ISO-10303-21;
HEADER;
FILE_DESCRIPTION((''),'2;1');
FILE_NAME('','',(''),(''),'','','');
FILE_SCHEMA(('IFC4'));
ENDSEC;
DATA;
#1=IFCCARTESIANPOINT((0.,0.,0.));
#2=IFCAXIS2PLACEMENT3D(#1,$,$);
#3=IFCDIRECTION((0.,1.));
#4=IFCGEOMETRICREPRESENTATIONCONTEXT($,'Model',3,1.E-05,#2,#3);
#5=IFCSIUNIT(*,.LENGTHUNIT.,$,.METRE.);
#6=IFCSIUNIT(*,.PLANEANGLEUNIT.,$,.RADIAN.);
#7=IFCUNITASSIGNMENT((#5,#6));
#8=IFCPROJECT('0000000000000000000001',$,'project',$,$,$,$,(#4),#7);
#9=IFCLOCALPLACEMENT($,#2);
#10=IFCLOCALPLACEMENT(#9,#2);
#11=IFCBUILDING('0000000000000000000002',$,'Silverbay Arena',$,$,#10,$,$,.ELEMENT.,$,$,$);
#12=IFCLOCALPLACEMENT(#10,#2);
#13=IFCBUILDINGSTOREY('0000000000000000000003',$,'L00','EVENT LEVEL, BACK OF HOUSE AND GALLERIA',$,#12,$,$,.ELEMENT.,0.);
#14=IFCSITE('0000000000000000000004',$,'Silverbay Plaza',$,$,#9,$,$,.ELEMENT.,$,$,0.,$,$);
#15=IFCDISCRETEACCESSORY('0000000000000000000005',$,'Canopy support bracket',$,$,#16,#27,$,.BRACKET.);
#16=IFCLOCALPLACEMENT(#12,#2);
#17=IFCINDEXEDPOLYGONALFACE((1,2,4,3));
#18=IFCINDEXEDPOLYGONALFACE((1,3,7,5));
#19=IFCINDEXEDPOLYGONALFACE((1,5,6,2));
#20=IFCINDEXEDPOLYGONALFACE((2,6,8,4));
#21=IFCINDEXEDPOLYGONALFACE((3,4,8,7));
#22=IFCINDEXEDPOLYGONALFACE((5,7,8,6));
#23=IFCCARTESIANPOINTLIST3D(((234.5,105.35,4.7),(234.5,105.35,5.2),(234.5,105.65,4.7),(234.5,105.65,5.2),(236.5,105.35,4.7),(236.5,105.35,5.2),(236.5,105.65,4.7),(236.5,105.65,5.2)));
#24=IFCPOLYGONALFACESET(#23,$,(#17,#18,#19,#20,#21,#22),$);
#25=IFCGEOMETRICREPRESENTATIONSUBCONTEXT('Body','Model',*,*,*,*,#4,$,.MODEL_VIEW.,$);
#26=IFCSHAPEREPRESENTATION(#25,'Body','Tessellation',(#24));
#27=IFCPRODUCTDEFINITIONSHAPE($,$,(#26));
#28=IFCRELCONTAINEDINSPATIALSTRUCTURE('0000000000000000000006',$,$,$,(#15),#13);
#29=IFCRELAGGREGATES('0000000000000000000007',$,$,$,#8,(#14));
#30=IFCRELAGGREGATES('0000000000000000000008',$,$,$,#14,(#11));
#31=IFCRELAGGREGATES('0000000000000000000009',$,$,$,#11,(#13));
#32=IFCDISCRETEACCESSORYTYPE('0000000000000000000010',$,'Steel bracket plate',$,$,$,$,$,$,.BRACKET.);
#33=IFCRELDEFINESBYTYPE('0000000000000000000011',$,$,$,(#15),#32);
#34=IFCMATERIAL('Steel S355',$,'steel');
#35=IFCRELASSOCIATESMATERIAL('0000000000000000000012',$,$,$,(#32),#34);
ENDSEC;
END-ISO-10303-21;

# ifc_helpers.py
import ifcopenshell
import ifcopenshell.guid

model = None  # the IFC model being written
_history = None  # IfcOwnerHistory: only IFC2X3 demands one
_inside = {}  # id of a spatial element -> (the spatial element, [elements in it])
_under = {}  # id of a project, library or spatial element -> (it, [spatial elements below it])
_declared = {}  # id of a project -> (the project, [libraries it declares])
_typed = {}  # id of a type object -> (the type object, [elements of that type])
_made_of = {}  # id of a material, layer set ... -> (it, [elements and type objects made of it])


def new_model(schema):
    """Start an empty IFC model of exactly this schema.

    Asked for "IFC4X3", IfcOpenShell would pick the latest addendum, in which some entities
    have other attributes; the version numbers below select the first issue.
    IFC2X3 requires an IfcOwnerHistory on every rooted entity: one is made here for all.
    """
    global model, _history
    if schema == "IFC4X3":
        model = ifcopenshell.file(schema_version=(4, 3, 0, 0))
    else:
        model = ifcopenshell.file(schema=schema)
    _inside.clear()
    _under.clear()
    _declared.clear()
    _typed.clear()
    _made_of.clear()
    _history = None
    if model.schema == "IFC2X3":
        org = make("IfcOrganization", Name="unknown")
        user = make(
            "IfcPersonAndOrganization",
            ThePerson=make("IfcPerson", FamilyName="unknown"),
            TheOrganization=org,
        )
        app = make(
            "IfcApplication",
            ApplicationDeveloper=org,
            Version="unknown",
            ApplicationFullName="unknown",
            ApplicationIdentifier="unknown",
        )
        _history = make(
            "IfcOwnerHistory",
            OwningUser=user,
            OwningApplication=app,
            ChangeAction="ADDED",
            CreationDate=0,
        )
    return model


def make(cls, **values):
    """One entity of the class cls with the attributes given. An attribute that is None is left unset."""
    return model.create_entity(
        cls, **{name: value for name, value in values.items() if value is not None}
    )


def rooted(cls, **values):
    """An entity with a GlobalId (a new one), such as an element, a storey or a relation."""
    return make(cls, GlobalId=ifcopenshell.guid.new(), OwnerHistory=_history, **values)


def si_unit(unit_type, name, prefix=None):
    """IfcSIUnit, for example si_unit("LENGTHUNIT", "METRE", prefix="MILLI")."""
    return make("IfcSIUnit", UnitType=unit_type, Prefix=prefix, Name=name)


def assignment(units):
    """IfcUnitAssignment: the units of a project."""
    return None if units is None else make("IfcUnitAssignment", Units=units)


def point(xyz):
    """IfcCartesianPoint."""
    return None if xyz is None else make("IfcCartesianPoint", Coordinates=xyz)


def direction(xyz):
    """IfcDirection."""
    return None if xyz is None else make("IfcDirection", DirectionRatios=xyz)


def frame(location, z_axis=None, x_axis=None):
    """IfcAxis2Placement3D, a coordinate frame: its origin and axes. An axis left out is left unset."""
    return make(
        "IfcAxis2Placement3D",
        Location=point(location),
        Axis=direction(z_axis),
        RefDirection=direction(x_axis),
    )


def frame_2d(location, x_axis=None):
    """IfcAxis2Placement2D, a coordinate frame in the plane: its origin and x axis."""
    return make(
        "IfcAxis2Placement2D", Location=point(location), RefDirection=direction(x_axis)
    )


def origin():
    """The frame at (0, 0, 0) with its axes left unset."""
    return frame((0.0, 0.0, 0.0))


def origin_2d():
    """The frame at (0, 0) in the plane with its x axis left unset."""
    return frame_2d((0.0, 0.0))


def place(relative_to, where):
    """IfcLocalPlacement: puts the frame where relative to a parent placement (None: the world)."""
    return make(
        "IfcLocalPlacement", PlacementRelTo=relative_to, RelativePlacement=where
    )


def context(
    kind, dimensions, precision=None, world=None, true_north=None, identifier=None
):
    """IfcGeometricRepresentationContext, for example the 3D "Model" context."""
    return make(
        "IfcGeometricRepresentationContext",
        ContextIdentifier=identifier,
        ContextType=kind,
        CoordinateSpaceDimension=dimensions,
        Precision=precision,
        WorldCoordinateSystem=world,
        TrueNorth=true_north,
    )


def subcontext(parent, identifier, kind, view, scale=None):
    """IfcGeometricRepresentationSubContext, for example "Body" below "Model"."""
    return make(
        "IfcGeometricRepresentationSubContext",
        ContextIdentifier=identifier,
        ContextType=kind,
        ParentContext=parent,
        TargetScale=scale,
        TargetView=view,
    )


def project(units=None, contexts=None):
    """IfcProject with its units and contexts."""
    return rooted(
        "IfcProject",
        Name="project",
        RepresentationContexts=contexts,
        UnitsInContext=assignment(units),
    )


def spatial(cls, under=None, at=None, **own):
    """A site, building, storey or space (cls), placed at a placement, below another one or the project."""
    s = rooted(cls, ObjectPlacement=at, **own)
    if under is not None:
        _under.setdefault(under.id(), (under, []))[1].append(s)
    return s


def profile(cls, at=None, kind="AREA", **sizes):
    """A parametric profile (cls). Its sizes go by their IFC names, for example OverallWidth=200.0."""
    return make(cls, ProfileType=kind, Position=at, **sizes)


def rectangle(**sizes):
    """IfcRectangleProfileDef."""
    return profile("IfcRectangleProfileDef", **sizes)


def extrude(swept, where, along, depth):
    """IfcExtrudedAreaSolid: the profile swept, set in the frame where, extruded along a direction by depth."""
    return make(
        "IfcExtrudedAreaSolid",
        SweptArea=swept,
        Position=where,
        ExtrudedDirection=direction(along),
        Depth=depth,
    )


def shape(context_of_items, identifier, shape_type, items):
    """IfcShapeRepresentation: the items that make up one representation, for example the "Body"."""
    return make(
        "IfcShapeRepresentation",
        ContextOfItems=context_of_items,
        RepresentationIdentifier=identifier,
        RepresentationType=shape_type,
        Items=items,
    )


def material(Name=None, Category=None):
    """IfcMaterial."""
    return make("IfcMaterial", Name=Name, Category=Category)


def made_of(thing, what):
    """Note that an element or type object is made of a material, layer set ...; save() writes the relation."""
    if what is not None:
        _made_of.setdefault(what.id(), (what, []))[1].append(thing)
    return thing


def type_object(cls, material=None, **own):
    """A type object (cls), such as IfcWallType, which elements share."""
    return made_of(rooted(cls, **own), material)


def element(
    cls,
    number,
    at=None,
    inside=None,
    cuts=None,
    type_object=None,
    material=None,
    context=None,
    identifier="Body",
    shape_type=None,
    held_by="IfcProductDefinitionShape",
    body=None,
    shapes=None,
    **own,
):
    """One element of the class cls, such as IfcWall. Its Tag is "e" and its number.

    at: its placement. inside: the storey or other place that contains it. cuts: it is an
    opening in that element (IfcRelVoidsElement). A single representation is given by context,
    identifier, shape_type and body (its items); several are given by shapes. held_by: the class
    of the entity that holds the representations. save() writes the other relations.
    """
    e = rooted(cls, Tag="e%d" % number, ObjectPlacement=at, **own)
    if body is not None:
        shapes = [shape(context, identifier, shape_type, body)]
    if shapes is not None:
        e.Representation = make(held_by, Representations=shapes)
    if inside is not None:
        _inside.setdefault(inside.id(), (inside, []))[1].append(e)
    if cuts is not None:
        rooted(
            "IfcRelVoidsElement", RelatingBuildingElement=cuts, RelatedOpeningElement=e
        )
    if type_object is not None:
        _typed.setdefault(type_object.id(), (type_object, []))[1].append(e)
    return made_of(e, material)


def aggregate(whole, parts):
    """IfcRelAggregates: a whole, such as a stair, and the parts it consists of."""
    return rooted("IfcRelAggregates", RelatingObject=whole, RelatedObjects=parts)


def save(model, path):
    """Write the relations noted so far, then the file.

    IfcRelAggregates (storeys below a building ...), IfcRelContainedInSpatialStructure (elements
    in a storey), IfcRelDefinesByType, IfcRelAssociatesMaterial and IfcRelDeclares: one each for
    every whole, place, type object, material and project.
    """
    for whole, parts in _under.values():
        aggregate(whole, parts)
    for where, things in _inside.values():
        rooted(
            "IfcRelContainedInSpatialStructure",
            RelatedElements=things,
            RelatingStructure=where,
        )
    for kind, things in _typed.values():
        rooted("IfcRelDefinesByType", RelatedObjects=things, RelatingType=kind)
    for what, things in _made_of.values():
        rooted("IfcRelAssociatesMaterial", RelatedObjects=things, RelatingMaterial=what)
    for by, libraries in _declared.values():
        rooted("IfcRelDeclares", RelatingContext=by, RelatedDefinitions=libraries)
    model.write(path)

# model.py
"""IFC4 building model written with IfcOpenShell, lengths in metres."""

from ifc_helpers import new_model, si_unit, direction, frame, origin, origin_2d, place, context, subcontext, project, spatial, rectangle, extrude, material, type_object, element, save


model = new_model("IFC4")

# Units and contexts
model_context = context("Model", 3, precision=1e-05, world=origin(), true_north=direction((0.0, 1.0)))
body_context = subcontext(model_context, "Body", "Model", "MODEL_VIEW")
ifc_project = project(units=[si_unit("LENGTHUNIT", "METRE"), si_unit("PLANEANGLEUNIT", "RADIAN")], contexts=[model_context])

# Site, building, storey
site_placement = place(None, origin())
site = spatial("IfcSite", under=ifc_project, at=site_placement, Name="Silverbay Plaza", CompositionType="ELEMENT", RefElevation=0.0)
building_placement = place(site_placement, origin())
building = spatial("IfcBuilding", under=site, at=building_placement, Name="Silverbay Arena", CompositionType="ELEMENT")
storey_placement = place(building_placement, origin())
storey = spatial("IfcBuildingStorey", under=building, at=storey_placement, Name="L00", Description="EVENT LEVEL, BACK OF HOUSE AND GALLERIA", CompositionType="ELEMENT", Elevation=0.0)

# Discrete accessory
ifc_material_1 = material(Name="Steel S355", Category="steel")
discrete_accessory_type = type_object("IfcDiscreteAccessoryType", Name="Steel bracket plate", PredefinedType="BRACKET", material=ifc_material_1)
for number, where, z_axis, x_axis, name in (
    (1, (235.5, 105.5, 4.7), (0.0, 0.0, 1.0), (0.0, 1.0, 0.0), "Canopy support bracket"),
):
    element("IfcDiscreteAccessory", number, at=place(storey_placement, frame(where, z_axis=z_axis, x_axis=x_axis)), inside=storey, type_object=discrete_accessory_type, Name=name, PredefinedType="BRACKET", context=body_context, shape_type="SweptSolid", body=[
        extrude(rectangle(XDim=0.3, YDim=2.0, at=origin_2d()), origin(), (0.0, 0.0, 1.0), 0.5),
    ])

save(model, "model.ifc")
